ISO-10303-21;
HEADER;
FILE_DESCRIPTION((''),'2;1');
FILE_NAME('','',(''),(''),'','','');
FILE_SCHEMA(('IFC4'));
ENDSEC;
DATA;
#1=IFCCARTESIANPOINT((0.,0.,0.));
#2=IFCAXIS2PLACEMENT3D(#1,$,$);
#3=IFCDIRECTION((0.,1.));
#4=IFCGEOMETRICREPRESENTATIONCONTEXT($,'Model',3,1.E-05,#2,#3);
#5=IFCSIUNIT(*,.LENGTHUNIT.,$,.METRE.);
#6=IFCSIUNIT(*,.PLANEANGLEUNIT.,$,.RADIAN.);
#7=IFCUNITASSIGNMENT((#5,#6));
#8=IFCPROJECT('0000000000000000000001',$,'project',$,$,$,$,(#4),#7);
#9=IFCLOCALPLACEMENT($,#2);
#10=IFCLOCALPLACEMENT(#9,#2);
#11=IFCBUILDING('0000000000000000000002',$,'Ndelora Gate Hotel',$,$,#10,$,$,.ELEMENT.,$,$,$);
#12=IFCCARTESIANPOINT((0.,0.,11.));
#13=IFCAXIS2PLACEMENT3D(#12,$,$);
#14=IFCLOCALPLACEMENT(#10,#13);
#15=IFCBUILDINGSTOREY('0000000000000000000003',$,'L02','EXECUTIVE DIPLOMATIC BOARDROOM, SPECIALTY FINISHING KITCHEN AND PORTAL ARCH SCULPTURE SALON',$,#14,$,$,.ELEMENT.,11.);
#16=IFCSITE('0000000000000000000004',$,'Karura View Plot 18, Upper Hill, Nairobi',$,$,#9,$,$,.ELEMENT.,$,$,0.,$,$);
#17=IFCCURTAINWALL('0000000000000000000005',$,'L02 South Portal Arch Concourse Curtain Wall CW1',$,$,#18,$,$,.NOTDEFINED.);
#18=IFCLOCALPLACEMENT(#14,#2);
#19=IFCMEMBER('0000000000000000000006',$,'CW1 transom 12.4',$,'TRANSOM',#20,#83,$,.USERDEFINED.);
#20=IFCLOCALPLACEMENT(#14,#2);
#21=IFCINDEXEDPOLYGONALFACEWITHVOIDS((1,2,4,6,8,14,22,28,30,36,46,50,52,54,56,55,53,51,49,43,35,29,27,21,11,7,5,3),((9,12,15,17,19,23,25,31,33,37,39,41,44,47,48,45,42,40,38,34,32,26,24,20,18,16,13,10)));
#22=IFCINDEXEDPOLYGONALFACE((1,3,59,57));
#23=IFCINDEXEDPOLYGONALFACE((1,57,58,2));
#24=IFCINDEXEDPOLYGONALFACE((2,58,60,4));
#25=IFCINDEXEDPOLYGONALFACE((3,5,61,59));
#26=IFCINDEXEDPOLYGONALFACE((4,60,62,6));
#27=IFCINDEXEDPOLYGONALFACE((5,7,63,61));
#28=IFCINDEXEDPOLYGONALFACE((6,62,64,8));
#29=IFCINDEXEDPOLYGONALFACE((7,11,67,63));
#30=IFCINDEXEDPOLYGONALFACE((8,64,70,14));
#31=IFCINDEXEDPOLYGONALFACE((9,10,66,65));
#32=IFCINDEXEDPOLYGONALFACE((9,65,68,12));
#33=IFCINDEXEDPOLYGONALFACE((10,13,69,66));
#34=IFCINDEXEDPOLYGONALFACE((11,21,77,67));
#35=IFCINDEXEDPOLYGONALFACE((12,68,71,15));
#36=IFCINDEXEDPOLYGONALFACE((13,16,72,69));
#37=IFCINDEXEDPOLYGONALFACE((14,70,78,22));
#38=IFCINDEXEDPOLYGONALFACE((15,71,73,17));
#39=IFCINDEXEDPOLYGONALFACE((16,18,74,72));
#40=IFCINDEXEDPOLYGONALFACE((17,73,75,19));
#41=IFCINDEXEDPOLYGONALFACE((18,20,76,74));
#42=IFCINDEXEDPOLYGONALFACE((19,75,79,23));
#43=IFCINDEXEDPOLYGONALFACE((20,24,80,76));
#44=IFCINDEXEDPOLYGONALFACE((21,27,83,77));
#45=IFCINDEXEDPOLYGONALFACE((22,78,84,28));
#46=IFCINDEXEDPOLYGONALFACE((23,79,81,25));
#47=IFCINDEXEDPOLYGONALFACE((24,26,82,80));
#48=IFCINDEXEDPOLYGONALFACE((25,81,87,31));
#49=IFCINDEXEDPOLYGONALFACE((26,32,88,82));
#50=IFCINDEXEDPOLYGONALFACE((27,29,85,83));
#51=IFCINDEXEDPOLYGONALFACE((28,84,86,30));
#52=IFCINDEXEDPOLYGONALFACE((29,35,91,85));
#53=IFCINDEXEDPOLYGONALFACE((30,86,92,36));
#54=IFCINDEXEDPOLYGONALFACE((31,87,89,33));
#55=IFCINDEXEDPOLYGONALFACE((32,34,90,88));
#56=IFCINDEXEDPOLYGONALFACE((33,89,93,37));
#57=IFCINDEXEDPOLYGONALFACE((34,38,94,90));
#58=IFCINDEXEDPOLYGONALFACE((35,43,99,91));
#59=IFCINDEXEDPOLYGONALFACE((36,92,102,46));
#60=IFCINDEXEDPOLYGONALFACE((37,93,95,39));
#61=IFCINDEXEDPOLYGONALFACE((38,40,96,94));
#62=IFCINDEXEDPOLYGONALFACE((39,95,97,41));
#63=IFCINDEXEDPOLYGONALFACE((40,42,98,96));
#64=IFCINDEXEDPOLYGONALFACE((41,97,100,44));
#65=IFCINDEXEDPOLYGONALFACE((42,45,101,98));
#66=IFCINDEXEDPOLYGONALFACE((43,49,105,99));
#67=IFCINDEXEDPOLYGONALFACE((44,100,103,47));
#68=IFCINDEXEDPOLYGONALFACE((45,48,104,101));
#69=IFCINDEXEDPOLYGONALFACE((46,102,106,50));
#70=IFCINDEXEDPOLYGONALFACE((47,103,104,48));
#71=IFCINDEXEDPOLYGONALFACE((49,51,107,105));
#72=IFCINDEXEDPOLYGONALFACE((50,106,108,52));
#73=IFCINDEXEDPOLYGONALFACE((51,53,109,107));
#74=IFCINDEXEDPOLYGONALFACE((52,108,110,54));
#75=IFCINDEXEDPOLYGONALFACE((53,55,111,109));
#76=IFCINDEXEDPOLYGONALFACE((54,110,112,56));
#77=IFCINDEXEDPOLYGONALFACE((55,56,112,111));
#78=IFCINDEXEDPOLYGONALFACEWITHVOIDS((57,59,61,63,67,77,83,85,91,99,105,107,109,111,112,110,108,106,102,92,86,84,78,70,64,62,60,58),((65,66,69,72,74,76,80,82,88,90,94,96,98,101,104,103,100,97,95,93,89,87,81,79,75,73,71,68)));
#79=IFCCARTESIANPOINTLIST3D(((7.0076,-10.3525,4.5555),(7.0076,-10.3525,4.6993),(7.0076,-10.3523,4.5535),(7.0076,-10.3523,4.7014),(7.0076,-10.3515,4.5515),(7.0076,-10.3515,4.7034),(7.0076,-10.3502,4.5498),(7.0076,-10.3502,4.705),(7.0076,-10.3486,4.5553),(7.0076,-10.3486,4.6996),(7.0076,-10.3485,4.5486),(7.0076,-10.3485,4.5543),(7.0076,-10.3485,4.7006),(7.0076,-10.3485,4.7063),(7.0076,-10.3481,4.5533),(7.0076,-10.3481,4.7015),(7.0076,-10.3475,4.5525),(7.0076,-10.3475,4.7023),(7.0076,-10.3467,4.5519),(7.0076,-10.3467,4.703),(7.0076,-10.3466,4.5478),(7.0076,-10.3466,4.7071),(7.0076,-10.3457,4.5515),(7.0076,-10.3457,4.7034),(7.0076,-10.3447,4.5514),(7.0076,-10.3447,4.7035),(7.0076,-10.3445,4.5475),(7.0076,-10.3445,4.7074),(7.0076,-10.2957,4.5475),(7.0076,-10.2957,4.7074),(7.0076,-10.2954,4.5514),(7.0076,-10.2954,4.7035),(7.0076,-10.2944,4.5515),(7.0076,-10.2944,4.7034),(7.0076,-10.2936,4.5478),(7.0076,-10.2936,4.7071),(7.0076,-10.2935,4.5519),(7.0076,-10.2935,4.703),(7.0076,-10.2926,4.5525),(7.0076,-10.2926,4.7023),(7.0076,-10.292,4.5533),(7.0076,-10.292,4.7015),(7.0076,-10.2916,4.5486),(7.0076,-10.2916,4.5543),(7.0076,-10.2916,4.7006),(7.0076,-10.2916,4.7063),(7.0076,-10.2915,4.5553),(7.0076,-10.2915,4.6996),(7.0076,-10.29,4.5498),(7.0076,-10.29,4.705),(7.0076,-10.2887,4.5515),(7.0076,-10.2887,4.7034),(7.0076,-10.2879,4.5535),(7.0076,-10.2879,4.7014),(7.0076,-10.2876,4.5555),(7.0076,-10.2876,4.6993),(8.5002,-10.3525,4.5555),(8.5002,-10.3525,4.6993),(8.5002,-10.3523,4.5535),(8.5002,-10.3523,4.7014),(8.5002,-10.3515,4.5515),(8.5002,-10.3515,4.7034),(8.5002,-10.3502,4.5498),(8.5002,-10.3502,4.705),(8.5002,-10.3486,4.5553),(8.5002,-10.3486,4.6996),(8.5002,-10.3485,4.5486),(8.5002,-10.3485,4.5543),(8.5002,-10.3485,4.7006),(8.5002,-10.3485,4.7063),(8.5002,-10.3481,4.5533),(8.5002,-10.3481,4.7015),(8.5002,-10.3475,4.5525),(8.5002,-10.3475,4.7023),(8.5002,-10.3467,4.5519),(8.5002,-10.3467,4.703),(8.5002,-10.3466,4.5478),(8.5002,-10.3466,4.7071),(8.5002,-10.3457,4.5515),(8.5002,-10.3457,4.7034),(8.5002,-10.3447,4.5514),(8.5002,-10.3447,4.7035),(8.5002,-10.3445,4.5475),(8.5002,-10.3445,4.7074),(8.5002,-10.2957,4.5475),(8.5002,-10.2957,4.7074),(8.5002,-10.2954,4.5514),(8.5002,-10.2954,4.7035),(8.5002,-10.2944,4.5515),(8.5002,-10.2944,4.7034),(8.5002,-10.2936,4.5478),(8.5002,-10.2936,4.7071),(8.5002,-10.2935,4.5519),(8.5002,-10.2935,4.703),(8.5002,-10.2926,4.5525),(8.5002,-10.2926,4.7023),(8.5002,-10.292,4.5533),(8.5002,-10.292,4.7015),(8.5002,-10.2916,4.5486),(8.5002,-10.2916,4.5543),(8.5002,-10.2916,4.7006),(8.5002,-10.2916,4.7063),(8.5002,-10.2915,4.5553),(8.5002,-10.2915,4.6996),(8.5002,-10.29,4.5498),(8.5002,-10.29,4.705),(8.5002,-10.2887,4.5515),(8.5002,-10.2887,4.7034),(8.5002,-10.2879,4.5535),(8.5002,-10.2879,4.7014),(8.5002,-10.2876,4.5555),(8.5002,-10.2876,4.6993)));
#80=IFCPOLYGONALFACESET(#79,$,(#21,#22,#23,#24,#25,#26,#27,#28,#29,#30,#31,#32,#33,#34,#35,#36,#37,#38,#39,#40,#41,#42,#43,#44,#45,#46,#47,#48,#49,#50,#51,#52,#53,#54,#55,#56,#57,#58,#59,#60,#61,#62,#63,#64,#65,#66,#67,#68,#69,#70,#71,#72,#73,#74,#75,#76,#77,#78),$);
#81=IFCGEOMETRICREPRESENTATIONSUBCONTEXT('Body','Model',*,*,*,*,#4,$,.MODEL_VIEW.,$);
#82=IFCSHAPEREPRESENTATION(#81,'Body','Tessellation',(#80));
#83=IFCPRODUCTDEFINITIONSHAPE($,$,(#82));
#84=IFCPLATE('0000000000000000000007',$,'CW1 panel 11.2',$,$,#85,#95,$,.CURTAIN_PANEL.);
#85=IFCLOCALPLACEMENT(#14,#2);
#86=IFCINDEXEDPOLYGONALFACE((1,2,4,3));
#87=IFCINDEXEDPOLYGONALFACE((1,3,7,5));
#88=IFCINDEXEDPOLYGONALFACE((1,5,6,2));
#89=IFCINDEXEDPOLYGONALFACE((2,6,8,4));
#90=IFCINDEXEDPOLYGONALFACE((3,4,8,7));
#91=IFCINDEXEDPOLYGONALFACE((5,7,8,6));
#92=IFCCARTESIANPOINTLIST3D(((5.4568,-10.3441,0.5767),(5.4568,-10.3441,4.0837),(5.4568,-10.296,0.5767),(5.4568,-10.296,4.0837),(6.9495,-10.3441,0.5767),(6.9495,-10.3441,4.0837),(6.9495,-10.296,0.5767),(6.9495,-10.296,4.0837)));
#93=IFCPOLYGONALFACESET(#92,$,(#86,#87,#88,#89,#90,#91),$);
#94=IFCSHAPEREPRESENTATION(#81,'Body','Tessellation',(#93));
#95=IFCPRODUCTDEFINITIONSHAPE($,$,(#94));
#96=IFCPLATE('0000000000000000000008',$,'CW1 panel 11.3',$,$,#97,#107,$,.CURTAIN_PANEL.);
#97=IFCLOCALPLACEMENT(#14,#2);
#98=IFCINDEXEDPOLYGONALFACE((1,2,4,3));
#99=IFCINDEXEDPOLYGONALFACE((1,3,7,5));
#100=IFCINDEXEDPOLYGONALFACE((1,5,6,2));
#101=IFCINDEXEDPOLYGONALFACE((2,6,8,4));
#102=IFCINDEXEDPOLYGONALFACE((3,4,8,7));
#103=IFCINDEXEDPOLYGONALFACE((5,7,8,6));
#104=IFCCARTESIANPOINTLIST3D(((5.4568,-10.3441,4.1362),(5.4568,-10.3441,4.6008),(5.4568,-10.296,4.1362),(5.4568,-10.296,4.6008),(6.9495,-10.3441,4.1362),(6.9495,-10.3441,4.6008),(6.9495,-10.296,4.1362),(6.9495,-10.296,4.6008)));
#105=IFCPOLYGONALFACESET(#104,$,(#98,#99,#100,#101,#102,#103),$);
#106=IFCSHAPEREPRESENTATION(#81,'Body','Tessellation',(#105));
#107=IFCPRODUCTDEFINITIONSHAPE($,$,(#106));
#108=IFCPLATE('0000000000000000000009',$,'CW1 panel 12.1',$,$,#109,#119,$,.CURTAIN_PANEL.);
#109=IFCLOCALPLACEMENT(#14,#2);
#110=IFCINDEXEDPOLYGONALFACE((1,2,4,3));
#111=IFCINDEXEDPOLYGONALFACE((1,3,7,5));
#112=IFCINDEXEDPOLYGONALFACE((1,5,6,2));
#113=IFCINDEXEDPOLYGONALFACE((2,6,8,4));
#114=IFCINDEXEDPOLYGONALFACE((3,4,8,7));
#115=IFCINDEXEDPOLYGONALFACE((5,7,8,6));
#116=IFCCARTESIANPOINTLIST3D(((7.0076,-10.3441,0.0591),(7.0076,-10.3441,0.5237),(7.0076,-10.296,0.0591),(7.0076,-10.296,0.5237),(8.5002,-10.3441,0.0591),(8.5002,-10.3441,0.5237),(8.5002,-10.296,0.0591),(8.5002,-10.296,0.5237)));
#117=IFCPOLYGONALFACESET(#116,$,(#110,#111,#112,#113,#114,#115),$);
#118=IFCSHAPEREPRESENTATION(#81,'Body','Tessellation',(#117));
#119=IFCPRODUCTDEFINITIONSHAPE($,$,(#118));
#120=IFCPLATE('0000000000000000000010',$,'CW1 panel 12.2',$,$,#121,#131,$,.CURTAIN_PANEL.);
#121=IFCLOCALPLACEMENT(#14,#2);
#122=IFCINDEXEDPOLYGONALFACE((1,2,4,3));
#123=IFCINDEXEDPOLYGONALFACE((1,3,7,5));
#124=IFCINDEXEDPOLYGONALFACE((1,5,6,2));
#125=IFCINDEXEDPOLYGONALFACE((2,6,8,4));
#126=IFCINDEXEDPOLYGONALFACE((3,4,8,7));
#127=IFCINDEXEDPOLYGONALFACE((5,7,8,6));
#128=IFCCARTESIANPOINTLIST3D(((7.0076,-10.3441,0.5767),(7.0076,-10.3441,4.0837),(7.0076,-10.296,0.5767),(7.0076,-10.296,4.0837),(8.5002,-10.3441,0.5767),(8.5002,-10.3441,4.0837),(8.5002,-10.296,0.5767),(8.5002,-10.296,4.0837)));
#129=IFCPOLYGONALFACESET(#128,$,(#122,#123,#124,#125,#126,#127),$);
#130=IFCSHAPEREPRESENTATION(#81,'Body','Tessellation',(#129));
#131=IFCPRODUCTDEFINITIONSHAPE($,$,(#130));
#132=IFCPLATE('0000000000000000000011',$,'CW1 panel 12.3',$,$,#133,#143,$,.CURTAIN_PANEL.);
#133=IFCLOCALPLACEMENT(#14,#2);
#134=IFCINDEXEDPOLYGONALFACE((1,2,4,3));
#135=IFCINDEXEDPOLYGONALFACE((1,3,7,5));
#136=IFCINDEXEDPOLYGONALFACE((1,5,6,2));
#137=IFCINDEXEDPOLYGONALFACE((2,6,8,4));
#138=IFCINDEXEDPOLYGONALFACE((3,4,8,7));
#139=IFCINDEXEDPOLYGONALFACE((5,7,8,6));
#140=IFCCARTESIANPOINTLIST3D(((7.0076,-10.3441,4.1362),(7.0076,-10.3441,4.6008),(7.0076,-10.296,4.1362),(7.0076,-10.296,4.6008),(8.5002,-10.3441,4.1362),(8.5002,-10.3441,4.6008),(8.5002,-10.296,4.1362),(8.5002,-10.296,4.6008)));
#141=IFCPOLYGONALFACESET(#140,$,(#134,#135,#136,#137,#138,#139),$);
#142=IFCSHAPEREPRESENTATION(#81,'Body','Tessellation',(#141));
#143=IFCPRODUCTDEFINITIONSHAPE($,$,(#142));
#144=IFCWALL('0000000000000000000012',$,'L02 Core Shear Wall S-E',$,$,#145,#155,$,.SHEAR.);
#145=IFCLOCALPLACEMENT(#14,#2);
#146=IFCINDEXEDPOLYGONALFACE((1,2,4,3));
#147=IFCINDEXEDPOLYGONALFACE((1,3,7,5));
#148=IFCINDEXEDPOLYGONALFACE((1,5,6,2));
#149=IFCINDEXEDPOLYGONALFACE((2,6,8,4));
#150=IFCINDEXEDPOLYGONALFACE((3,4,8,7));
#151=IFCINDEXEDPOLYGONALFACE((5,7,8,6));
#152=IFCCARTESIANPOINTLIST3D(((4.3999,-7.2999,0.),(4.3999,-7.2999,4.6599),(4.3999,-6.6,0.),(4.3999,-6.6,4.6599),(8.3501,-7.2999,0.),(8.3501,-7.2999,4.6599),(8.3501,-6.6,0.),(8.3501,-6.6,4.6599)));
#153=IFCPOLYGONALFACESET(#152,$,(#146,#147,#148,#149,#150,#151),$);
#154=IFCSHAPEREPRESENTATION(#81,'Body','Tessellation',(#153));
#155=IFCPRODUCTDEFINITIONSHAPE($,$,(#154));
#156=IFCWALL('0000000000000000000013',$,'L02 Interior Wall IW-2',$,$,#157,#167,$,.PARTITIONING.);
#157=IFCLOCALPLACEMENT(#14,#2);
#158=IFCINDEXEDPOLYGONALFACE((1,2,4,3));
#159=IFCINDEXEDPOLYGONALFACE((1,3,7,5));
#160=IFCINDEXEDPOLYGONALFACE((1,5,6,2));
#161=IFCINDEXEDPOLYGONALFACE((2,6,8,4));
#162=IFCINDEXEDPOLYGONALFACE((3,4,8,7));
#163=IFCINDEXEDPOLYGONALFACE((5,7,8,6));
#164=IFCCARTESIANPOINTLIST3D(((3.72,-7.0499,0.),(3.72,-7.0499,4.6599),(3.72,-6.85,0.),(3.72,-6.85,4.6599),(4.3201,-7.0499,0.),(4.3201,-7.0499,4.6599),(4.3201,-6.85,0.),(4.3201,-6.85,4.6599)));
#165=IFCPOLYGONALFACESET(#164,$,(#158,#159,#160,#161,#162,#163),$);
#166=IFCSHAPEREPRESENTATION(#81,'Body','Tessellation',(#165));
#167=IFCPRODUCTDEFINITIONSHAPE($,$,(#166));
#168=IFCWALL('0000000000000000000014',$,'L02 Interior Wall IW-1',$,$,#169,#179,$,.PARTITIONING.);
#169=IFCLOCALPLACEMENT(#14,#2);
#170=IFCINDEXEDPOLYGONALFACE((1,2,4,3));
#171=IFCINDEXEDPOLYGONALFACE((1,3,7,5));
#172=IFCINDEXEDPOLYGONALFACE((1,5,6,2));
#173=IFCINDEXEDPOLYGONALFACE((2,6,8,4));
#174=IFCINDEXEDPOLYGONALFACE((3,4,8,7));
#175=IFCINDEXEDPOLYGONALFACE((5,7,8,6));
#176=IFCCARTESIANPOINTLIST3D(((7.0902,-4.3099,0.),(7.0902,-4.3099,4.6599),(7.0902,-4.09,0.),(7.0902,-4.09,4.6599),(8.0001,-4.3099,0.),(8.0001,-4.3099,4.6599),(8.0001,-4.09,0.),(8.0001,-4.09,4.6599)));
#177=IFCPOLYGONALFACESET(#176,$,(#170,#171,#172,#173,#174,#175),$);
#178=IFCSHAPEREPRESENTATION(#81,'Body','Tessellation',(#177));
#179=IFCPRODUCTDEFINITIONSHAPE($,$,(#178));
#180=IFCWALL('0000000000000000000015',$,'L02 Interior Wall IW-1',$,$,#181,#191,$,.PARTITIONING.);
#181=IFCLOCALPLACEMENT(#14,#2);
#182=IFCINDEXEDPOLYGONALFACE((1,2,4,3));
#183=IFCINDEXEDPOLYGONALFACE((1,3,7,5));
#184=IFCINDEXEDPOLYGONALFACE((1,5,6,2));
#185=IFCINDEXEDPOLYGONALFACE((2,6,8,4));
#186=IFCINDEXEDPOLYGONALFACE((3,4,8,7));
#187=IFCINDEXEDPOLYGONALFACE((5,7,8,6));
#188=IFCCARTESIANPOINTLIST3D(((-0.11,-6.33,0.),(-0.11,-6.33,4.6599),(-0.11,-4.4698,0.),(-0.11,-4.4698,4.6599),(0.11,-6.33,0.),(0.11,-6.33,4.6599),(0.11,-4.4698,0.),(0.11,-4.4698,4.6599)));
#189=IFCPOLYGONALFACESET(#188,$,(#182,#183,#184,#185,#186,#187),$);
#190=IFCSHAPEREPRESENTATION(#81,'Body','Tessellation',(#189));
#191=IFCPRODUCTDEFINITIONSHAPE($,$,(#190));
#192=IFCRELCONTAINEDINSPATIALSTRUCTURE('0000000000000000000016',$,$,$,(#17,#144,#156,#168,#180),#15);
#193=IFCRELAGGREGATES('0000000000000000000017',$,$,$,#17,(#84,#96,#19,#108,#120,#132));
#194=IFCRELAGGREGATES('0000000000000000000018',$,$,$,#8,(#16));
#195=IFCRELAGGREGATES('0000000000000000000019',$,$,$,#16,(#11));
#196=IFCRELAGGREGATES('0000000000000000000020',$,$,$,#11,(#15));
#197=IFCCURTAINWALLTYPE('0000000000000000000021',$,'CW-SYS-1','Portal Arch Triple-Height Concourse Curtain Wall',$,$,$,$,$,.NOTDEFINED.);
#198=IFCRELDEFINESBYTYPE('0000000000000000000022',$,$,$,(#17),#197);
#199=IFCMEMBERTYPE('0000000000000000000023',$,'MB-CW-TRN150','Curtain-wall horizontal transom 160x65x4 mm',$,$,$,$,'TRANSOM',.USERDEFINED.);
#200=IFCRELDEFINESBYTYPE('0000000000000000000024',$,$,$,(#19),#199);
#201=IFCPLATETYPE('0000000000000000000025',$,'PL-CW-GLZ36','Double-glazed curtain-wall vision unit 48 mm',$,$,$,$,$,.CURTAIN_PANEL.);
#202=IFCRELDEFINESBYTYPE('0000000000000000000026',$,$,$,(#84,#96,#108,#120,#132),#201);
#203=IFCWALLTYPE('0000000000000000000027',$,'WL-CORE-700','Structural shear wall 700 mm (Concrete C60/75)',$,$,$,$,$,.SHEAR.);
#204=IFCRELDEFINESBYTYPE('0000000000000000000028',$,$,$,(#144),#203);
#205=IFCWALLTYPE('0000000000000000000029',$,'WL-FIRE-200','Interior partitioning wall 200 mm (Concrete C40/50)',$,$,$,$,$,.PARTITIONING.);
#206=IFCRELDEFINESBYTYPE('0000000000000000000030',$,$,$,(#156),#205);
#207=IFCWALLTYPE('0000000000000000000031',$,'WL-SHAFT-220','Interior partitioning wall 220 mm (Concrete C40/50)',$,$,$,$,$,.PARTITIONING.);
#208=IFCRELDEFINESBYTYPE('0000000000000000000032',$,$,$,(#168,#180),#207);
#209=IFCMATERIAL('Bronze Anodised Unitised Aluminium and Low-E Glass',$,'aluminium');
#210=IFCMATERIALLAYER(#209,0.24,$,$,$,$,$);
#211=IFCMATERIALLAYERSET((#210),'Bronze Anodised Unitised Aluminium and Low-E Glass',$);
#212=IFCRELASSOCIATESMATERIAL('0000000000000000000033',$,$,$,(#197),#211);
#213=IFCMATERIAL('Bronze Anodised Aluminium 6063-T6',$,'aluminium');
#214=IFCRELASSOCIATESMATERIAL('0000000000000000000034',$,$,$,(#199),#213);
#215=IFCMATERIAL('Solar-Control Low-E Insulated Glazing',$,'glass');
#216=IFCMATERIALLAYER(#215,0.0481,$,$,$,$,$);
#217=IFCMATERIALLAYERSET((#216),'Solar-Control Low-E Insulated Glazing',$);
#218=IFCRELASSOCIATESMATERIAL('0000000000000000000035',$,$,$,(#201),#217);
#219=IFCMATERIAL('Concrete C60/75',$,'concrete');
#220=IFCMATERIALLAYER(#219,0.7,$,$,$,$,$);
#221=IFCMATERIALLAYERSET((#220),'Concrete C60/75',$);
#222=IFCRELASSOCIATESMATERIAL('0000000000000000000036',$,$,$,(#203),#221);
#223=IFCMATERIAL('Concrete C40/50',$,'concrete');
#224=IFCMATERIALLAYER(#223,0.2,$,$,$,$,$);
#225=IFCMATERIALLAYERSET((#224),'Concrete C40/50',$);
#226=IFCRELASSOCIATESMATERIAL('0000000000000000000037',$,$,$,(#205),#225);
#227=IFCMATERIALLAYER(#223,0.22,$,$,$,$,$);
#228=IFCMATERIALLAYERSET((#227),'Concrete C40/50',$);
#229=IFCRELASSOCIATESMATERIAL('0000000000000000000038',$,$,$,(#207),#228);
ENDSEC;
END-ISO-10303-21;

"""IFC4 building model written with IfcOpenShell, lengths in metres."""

from ifc_helpers import new_model, si_unit, direction, frame, frame_2d, origin, origin_2d, place, context, subcontext, project, spatial, rectangle, hollow_rectangle, extrude, material, layer, layer_set, material_profile, profile_set, type_object, element, aggregate, save


model = new_model("IFC4")

# Units and contexts
model_context = context("Model", 3, precision=1e-05, world=origin(), true_north=direction((0.0, 1.0)))
body_context = subcontext(model_context, "Body", "Model", "MODEL_VIEW")
ifc_project = project(units=[si_unit("LENGTHUNIT", "METRE"), si_unit("PLANEANGLEUNIT", "RADIAN")], contexts=[model_context])

# Site, building, storey
site_placement = place(None, origin())
site = spatial("IfcSite", under=ifc_project, at=site_placement, Name="Karura View Plot 18, Upper Hill, Nairobi", CompositionType="ELEMENT", RefElevation=0.0)
building_placement = place(site_placement, origin())
building = spatial("IfcBuilding", under=site, at=building_placement, Name="Ndelora Gate Hotel", CompositionType="ELEMENT")
storey_placement = place(building_placement, frame((0.0, 0.0, 11.0)))
storey = spatial("IfcBuildingStorey", under=building, at=storey_placement, Name="L02", Description="EXECUTIVE DIPLOMATIC BOARDROOM, SPECIALTY FINISHING KITCHEN AND PORTAL ARCH SCULPTURE SALON", CompositionType="ELEMENT", Elevation=11.0)

# Shared definitions
ifc_material_1 = material(Name="Concrete C60/75", Category="concrete")

# Curtain wall, member, plates
ifc_material_2 = material(Name="Bronze Anodised Unitised Aluminium and Low-E Glass", Category="aluminium")
ifc_layer_1 = layer(ifc_material_2, 0.24)
ifc_layer_set_1 = layer_set([ifc_layer_1], Name="Bronze Anodised Unitised Aluminium and Low-E Glass")
curtain_wall_type = type_object("IfcCurtainWallType", Name="CW-SYS-1", Description="Portal Arch Triple-Height Concourse Curtain Wall", PredefinedType="NOTDEFINED", material=ifc_layer_set_1)
curtain_wall_placement = place(storey_placement, origin())
curtain_wall = element("IfcCurtainWall", 1, at=curtain_wall_placement, inside=storey, type_object=curtain_wall_type, Name="L02 South Portal Arch Concourse Curtain Wall CW1", PredefinedType="NOTDEFINED")
ifc_material_3 = material(Name="Bronze Anodised Aluminium 6063-T6", Category="aluminium")
ifc_material_profile_1 = material_profile(ifc_material_3, hollow_rectangle(XDim=0.0649, YDim=0.1599, WallThickness=0.0039, InnerFilletRadius=0.0039, OuterFilletRadius=0.0081, at=origin_2d()), Name="ALU 160x65x4")
ifc_profile_set_1 = profile_set([ifc_material_profile_1], Name="Bronze Anodised Aluminium 6063-T6")
member_type_1 = type_object("IfcMemberType", Name="MB-CW-TRN150", Description="Curtain-wall horizontal transom 160x65x4 mm", ElementType="TRANSOM", PredefinedType="USERDEFINED", material=ifc_profile_set_1)
member_1_placement = place(storey_placement, frame((7.0076, -10.3201, 4.6274), z_axis=(1.0, 0.0, 0.0), x_axis=(0.0, 1.0, 0.0)))
member_1 = element("IfcMember", 2, at=member_1_placement, type_object=member_type_1, Name="CW1 transom 12.4", ObjectType="TRANSOM", PredefinedType="USERDEFINED", context=body_context, shape_type="SweptSolid", body=[
    extrude(hollow_rectangle(XDim=0.0649, YDim=0.1599, WallThickness=0.0039, InnerFilletRadius=0.0039, OuterFilletRadius=0.0081, at=origin_2d()), origin(), (0.0, 0.0, 1.0), 1.4927),
])
ifc_material_4 = material(Name="Solar-Control Low-E Insulated Glazing", Category="glass")
ifc_layer_2 = layer(ifc_material_4, 0.0481)
ifc_layer_set_2 = layer_set([ifc_layer_2], Name="Solar-Control Low-E Insulated Glazing")
plate_type = type_object("IfcPlateType", Name="PL-CW-GLZ36", Description="Double-glazed curtain-wall vision unit 48 mm", PredefinedType="CURTAIN_PANEL", material=ifc_layer_set_2)
plate_1_placement = place(storey_placement, frame((6.2031, -10.3201, 0.5767), z_axis=(0.0, 0.0, 1.0), x_axis=(1.0, 0.0, 0.0)))
plate_1 = element("IfcPlate", 3, at=plate_1_placement, type_object=plate_type, Name="CW1 panel 11.2", PredefinedType="CURTAIN_PANEL", context=body_context, shape_type="SweptSolid", body=[
    extrude(rectangle(XDim=1.4927, YDim=0.0481, at=origin_2d()), origin(), (0.0, 0.0, 1.0), 3.5071),
])
plate_2_placement = place(storey_placement, frame((6.2031, -10.3201, 4.1362), z_axis=(0.0, 0.0, 1.0), x_axis=(1.0, 0.0, 0.0)))
plate_2 = element("IfcPlate", 4, at=plate_2_placement, type_object=plate_type, Name="CW1 panel 11.3", PredefinedType="CURTAIN_PANEL", context=body_context, shape_type="SweptSolid", body=[
    extrude(rectangle(XDim=1.4927, YDim=0.0481, at=origin_2d()), origin(), (0.0, 0.0, 1.0), 0.4646),
])
plate_3_placement = place(storey_placement, frame((7.7539, -10.3201, 0.0591), z_axis=(0.0, 0.0, 1.0), x_axis=(1.0, 0.0, 0.0)))
plate_3 = element("IfcPlate", 5, at=plate_3_placement, type_object=plate_type, Name="CW1 panel 12.1", PredefinedType="CURTAIN_PANEL", context=body_context, shape_type="SweptSolid", body=[
    extrude(rectangle(XDim=1.4927, YDim=0.0481, at=origin_2d()), origin(), (0.0, 0.0, 1.0), 0.4646),
])
plate_4_placement = place(storey_placement, frame((7.7539, -10.3201, 0.5767), z_axis=(0.0, 0.0, 1.0), x_axis=(1.0, 0.0, 0.0)))
plate_4 = element("IfcPlate", 6, at=plate_4_placement, type_object=plate_type, Name="CW1 panel 12.2", PredefinedType="CURTAIN_PANEL", context=body_context, shape_type="SweptSolid", body=[
    extrude(rectangle(XDim=1.4927, YDim=0.0481, at=origin_2d()), origin(), (0.0, 0.0, 1.0), 3.5071),
])
plate_5_placement = place(storey_placement, frame((7.7539, -10.3201, 4.1362), z_axis=(0.0, 0.0, 1.0), x_axis=(1.0, 0.0, 0.0)))
plate_5 = element("IfcPlate", 7, at=plate_5_placement, type_object=plate_type, Name="CW1 panel 12.3", PredefinedType="CURTAIN_PANEL", context=body_context, shape_type="SweptSolid", body=[
    extrude(rectangle(XDim=1.4927, YDim=0.0481, at=origin_2d()), origin(), (0.0, 0.0, 1.0), 0.4646),
])
aggregate(curtain_wall, [plate_1, plate_2, member_1, plate_3, plate_4, plate_5])

# Walls
ifc_layer_3 = layer(ifc_material_1, 0.7)
ifc_layer_set_3 = layer_set([ifc_layer_3], Name="Concrete C60/75")
wall_type_1 = type_object("IfcWallType", Name="WL-CORE-700", Description="Structural shear wall 700 mm (Concrete C60/75)", PredefinedType="SHEAR", material=ifc_layer_set_3)
wall_1_placement = place(storey_placement, frame((4.3999, -6.95, 0.0), z_axis=(0.0, 0.0, 1.0), x_axis=(1.0, 0.0, 0.0)))
element("IfcWall", 8, at=wall_1_placement, inside=storey, type_object=wall_type_1, Name="L02 Core Shear Wall S-E", PredefinedType="SHEAR", context=body_context, shape_type="SweptSolid", body=[
    extrude(rectangle(XDim=3.9502, YDim=0.7, at=frame_2d((1.9751, 0.0))), origin(), (0.0, 0.0, 1.0), 4.6599),
])
ifc_material_5 = material(Name="Concrete C40/50", Category="concrete")
ifc_layer_4 = layer(ifc_material_5, 0.2)
ifc_layer_set_4 = layer_set([ifc_layer_4], Name="Concrete C40/50")
wall_type_2 = type_object("IfcWallType", Name="WL-FIRE-200", Description="Interior partitioning wall 200 mm (Concrete C40/50)", PredefinedType="PARTITIONING", material=ifc_layer_set_4)
wall_2_placement = place(storey_placement, frame((3.72, -6.95, 0.0), z_axis=(0.0, 0.0, 1.0), x_axis=(1.0, 0.0, 0.0)))
element("IfcWall", 9, at=wall_2_placement, inside=storey, type_object=wall_type_2, Name="L02 Interior Wall IW-2", PredefinedType="PARTITIONING", context=body_context, shape_type="SweptSolid", body=[
    extrude(rectangle(XDim=0.6001, YDim=0.2, at=frame_2d((0.3, 0.0))), origin(), (0.0, 0.0, 1.0), 4.6599),
])
ifc_layer_5 = layer(ifc_material_5, 0.22)
ifc_layer_set_5 = layer_set([ifc_layer_5], Name="Concrete C40/50")
wall_type_3 = type_object("IfcWallType", Name="WL-SHAFT-220", Description="Interior partitioning wall 220 mm (Concrete C40/50)", PredefinedType="PARTITIONING", material=ifc_layer_set_5)
wall_3_placement = place(storey_placement, frame((7.0901, -4.2, 0.0), z_axis=(0.0, 0.0, 1.0), x_axis=(1.0, 0.0, 0.0)))
element("IfcWall", 10, at=wall_3_placement, inside=storey, type_object=wall_type_3, Name="L02 Interior Wall IW-1", PredefinedType="PARTITIONING", context=body_context, shape_type="SweptSolid", body=[
    extrude(rectangle(XDim=0.9099, YDim=0.22, at=frame_2d((0.4551, 0.0))), origin(), (0.0, 0.0, 1.0), 4.6599),
])
wall_4_placement = place(storey_placement, frame((0.0, -6.3301, 0.0), z_axis=(0.0, 0.0, 1.0), x_axis=(0.0, 1.0, 0.0)))
element("IfcWall", 11, at=wall_4_placement, inside=storey, type_object=wall_type_3, Name="L02 Interior Wall IW-1", PredefinedType="PARTITIONING", context=body_context, shape_type="SweptSolid", body=[
    extrude(rectangle(XDim=1.8601, YDim=0.22, at=frame_2d((0.9302, 0.0))), origin(), (0.0, 0.0, 1.0), 4.6599),
])

save(model, "model.ifc")
